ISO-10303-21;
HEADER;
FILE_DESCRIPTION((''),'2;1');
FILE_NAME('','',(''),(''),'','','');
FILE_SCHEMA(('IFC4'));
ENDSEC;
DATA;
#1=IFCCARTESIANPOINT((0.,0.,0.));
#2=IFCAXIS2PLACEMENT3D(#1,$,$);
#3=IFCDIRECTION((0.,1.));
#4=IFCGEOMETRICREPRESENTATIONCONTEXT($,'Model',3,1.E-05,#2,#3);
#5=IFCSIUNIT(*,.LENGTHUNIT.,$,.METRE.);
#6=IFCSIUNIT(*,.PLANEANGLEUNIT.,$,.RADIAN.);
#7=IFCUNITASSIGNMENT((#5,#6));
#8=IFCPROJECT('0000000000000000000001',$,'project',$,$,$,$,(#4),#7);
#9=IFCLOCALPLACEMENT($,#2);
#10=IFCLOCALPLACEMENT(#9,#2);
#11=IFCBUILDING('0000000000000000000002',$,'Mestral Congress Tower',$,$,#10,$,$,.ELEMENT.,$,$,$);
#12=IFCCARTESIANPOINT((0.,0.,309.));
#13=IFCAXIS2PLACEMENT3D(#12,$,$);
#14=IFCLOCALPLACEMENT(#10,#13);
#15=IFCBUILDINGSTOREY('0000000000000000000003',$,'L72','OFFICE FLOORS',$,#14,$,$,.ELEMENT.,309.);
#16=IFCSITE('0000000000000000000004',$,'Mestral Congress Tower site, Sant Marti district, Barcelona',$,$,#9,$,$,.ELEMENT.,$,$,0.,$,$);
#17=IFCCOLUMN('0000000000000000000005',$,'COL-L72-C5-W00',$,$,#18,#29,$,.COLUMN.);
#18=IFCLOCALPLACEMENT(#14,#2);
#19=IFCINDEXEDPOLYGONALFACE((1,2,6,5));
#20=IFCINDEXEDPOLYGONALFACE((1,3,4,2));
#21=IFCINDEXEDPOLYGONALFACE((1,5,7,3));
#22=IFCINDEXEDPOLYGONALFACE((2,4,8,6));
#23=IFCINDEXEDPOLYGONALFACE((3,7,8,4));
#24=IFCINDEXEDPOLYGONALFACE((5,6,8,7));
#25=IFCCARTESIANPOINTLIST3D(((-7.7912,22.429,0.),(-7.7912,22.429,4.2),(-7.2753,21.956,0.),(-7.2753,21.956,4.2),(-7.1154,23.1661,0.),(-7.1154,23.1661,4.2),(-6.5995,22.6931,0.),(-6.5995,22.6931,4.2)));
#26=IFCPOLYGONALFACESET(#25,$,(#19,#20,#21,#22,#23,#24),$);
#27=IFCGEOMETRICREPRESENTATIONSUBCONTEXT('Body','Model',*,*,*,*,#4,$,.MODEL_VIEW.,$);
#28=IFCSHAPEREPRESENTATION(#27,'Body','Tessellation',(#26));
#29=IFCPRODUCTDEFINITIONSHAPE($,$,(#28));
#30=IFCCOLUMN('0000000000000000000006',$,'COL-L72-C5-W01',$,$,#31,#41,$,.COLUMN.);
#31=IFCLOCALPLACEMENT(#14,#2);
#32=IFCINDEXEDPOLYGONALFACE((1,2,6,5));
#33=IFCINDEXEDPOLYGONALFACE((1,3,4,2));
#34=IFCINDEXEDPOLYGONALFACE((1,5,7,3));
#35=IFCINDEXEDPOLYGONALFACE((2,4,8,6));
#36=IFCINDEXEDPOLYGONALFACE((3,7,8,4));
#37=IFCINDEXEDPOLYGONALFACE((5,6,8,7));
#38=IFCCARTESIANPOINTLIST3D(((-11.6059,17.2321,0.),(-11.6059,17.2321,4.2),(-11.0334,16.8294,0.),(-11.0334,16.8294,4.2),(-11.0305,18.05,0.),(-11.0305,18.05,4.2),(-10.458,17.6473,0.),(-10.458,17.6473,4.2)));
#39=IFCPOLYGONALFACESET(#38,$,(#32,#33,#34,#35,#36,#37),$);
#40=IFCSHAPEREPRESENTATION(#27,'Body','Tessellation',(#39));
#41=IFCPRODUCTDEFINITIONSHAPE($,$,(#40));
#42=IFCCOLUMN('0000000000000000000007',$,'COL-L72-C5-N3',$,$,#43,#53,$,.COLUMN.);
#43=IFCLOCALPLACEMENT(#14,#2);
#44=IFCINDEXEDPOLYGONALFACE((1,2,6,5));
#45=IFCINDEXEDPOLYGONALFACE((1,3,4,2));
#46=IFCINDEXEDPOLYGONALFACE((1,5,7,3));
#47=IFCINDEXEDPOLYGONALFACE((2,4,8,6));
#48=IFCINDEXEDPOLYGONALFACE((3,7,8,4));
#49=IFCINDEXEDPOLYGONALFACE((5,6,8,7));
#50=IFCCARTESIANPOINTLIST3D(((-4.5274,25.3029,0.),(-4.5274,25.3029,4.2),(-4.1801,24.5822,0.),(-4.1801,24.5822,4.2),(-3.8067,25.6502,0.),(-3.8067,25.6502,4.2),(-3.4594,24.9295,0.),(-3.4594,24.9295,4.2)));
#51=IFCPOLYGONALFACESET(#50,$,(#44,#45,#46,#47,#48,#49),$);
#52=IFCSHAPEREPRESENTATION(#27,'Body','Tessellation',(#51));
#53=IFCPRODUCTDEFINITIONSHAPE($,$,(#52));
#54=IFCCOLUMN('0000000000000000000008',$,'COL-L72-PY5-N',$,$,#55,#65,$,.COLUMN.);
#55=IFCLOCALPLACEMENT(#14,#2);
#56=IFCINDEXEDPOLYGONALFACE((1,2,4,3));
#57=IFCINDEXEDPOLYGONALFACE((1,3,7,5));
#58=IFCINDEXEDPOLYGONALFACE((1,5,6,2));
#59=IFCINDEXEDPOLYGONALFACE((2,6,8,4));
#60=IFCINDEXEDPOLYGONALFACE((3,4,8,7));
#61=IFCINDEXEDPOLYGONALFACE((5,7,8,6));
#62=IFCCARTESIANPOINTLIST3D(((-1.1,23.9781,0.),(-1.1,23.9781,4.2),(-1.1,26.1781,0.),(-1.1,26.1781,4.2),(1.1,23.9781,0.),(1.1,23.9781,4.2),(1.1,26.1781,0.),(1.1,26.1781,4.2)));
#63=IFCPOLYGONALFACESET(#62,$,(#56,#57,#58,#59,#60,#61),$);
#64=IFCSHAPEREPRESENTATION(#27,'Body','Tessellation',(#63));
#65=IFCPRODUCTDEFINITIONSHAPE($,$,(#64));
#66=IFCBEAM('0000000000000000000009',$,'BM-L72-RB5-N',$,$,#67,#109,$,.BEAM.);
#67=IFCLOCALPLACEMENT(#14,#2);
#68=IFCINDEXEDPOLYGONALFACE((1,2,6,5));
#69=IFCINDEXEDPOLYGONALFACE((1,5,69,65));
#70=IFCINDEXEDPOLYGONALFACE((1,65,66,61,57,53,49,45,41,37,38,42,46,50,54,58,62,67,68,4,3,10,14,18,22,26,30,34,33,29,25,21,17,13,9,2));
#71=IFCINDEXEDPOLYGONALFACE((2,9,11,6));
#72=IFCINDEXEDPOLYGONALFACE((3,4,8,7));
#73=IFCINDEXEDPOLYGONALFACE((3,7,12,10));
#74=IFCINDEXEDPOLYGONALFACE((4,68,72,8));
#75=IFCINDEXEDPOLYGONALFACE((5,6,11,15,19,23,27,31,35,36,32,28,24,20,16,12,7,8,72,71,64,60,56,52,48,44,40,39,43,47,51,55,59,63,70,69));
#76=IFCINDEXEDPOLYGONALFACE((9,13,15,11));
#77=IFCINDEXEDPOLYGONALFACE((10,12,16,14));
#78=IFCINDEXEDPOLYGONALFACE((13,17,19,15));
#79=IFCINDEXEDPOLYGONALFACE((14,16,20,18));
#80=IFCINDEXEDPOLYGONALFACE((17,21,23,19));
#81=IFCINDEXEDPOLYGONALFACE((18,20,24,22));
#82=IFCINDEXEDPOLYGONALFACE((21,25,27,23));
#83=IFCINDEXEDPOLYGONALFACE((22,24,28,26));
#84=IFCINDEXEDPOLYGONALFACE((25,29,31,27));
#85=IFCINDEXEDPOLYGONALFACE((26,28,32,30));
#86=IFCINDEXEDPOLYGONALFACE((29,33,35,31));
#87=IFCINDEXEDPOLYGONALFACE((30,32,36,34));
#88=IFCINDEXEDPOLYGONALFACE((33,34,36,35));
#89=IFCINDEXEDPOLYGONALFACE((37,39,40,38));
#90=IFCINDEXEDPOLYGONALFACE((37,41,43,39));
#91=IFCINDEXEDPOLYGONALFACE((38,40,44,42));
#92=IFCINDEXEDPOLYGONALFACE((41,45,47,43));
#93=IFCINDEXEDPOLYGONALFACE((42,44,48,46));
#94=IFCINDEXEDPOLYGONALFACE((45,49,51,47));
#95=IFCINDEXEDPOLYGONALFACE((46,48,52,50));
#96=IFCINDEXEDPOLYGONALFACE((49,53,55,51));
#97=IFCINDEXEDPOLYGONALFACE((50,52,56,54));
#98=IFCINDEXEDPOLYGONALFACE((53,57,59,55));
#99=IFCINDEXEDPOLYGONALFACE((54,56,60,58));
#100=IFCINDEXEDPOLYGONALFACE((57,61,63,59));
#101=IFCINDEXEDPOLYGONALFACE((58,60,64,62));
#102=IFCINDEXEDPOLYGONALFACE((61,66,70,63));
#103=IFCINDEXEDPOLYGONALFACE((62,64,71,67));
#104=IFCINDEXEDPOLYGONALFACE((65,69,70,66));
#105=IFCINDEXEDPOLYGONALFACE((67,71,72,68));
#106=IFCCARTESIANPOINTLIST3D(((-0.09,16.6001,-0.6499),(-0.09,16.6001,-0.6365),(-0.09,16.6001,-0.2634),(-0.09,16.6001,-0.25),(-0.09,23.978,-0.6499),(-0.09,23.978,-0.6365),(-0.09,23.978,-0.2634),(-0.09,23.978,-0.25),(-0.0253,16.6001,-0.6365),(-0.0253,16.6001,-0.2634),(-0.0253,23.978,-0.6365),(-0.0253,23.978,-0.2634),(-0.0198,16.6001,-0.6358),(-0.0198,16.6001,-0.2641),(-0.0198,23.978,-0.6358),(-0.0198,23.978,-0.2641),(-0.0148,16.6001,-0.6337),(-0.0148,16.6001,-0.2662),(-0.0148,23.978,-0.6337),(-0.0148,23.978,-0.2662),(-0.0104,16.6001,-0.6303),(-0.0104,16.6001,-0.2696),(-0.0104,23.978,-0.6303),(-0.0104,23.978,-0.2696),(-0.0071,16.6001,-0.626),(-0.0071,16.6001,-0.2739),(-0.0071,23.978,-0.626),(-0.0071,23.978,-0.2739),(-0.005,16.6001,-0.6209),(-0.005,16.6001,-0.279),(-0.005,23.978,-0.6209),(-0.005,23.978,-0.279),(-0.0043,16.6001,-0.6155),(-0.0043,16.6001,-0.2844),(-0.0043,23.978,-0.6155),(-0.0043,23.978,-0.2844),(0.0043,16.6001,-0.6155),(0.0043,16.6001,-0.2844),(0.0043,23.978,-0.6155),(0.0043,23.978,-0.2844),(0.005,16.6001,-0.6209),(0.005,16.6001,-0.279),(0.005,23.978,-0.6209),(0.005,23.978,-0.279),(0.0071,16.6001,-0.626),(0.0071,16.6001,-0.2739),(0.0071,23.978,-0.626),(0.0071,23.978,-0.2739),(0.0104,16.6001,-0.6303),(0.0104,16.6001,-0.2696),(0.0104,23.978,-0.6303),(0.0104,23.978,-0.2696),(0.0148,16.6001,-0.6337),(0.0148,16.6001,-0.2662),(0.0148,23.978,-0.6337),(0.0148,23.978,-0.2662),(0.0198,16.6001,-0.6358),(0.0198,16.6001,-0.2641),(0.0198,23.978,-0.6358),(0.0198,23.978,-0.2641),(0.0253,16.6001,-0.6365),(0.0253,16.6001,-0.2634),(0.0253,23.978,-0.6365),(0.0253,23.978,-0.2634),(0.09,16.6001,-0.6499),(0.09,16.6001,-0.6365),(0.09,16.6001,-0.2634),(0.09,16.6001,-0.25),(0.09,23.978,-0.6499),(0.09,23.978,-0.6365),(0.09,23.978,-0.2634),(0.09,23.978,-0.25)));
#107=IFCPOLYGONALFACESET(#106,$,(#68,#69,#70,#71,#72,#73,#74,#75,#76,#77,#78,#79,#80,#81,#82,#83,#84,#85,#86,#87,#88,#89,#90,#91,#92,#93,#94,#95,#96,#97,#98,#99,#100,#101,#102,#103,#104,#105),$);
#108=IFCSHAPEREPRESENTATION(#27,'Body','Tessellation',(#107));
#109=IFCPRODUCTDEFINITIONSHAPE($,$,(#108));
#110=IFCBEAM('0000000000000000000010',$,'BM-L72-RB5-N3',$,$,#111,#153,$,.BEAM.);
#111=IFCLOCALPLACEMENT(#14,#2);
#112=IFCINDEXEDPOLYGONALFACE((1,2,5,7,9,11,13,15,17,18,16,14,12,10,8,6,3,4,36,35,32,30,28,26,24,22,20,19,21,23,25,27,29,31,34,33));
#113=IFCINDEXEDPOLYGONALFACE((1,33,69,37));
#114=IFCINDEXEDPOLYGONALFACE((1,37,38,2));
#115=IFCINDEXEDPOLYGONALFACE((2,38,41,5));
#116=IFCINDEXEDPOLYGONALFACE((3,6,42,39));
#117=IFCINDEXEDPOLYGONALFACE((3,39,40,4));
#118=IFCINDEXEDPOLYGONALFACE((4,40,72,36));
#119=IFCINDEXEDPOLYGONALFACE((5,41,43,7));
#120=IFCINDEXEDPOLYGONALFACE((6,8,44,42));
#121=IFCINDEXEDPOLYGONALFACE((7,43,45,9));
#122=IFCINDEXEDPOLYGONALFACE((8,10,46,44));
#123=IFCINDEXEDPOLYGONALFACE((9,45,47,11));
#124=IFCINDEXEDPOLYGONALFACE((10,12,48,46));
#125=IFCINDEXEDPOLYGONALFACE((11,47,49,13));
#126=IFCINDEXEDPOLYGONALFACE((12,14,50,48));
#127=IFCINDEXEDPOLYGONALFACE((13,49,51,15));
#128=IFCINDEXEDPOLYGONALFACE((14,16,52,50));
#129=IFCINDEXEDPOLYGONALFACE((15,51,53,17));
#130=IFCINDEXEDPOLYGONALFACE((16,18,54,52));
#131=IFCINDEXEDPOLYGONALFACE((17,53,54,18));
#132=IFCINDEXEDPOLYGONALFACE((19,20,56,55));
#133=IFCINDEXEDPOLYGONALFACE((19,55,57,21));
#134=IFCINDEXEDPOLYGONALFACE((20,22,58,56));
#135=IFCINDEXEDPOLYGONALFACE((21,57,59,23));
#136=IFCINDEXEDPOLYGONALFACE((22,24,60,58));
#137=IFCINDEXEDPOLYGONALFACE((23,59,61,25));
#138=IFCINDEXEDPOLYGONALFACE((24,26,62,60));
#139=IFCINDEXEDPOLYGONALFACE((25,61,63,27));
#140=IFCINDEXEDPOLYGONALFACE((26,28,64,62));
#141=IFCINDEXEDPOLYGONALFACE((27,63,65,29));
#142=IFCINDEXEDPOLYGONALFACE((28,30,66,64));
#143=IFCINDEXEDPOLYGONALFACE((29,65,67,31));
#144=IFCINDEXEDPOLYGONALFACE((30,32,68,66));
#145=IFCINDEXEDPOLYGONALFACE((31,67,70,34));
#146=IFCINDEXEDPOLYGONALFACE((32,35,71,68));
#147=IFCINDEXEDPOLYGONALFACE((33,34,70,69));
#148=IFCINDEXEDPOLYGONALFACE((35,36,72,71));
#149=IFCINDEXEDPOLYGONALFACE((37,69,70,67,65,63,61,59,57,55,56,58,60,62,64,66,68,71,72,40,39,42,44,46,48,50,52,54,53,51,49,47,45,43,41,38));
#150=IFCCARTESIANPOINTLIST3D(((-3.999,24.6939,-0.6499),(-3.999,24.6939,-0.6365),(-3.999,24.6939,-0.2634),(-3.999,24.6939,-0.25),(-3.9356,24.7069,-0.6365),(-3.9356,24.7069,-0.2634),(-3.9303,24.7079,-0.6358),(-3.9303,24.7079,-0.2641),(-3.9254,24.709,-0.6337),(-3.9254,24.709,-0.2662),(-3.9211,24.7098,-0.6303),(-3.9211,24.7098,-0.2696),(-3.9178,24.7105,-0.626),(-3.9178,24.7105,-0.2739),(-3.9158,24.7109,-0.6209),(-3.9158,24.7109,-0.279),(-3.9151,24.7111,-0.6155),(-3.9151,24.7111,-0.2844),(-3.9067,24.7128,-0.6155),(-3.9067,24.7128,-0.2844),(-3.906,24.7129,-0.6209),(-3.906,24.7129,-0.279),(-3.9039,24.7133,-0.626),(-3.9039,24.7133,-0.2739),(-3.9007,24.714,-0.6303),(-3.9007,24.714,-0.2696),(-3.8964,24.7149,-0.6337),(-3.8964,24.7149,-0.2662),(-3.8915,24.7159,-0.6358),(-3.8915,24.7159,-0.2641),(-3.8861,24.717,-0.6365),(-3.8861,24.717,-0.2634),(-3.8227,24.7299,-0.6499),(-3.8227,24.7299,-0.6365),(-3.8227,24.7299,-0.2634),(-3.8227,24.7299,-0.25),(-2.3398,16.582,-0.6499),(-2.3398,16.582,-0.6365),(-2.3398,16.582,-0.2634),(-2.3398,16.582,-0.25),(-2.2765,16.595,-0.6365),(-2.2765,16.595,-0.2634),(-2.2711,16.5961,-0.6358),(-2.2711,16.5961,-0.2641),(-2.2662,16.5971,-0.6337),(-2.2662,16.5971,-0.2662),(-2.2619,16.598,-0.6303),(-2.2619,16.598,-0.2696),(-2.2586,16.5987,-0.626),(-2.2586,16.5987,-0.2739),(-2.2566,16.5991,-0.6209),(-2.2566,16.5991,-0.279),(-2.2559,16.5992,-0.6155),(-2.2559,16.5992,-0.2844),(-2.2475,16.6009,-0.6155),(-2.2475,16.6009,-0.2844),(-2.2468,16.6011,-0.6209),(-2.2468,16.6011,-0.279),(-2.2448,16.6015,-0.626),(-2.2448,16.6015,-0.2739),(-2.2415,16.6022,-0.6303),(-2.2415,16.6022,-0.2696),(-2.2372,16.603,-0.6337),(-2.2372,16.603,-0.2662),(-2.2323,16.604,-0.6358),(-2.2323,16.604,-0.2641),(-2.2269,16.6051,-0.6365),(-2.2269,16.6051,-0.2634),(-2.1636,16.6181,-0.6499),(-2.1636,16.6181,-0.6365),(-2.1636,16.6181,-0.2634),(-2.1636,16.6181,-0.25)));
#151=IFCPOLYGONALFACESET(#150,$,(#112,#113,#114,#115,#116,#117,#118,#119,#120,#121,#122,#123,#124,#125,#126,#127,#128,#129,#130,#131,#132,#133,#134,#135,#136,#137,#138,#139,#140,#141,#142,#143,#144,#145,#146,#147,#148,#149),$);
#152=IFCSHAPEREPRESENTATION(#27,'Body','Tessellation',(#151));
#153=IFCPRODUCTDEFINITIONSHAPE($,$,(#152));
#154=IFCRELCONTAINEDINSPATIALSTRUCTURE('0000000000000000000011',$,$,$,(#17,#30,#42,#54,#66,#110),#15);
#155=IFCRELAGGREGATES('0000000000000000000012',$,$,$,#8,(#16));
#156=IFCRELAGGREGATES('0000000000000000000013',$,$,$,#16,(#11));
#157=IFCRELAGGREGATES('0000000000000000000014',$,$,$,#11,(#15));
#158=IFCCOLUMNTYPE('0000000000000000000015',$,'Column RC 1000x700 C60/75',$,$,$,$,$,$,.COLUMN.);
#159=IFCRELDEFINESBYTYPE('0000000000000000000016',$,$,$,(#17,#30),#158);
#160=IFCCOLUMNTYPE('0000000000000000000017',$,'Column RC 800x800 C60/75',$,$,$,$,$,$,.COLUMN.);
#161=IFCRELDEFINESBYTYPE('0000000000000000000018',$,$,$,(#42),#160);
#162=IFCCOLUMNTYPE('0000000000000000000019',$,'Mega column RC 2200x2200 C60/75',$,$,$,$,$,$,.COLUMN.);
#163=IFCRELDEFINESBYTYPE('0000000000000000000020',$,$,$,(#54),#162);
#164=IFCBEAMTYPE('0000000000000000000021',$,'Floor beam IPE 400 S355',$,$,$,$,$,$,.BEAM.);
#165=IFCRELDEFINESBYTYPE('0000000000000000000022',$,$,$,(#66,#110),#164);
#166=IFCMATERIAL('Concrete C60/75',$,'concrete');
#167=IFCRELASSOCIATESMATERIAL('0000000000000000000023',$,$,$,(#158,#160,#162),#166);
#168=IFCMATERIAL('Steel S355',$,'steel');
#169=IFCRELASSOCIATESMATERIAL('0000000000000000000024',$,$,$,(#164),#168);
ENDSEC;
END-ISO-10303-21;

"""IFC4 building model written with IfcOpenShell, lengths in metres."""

from ifc_helpers import new_model, si_unit, direction, frame, origin, origin_2d, place, context, subcontext, project, spatial, rectangle, i_section, extrude, material, material_profile, profile_set, type_object, element, save


model = new_model("IFC4")

# Units and contexts
model_context = context("Model", 3, precision=1e-05, world=origin(), true_north=direction((0.0, 1.0)))
body_context = subcontext(model_context, "Body", "Model", "MODEL_VIEW")
ifc_project = project(units=[si_unit("LENGTHUNIT", "METRE"), si_unit("PLANEANGLEUNIT", "RADIAN")], contexts=[model_context])

# Site, building, storey
site_placement = place(None, origin())
site = spatial("IfcSite", under=ifc_project, at=site_placement, Name="Mestral Congress Tower site, Sant Marti district, Barcelona", CompositionType="ELEMENT", RefElevation=0.0)
building_placement = place(site_placement, origin())
building = spatial("IfcBuilding", under=site, at=building_placement, Name="Mestral Congress Tower", CompositionType="ELEMENT")
storey_placement = place(building_placement, frame((0.0, 0.0, 309.0)))
storey = spatial("IfcBuildingStorey", under=building, at=storey_placement, Name="L72", Description="OFFICE FLOORS", CompositionType="ELEMENT", Elevation=309.0)

# Columns
ifc_material_1 = material(Name="Concrete C60/75", Category="concrete")
ifc_material_profile_1 = material_profile(ifc_material_1, rectangle(XDim=1.0, YDim=0.7, at=origin_2d()), Name="RC 1000x700")
ifc_profile_set_1 = profile_set([ifc_material_profile_1], Name="Concrete C60/75")
column_type_1 = type_object("IfcColumnType", Name="Column RC 1000x700 C60/75", PredefinedType="COLUMN", material=ifc_profile_set_1)
for number, where, z_axis, x_axis, name in (
    (1, (-7.1953, 22.561, 0.0), (0.0, 0.0, 1.0), (-0.675803, -0.737083, 0.0), "COL-L72-C5-W00"),
    (2, (-11.032, 17.4397, 0.0), (0.0, 0.0, 1.0), (-0.575402, -0.817871, 0.0), "COL-L72-C5-W01"),
):
    element("IfcColumn", number, at=place(storey_placement, frame(where, z_axis=z_axis, x_axis=x_axis)), inside=storey, type_object=column_type_1, Name=name, PredefinedType="COLUMN", context=body_context, shape_type="SweptSolid", body=[
        extrude(rectangle(XDim=1.0, YDim=0.7, at=origin_2d()), origin(), (0.0, 0.0, 1.0), 4.2),
    ])
ifc_material_profile_2 = material_profile(ifc_material_1, rectangle(XDim=0.8, YDim=0.8, at=origin_2d()), Name="RC 800x800")
ifc_profile_set_2 = profile_set([ifc_material_profile_2], Name="Concrete C60/75")
column_type_2 = type_object("IfcColumnType", Name="Column RC 800x800 C60/75", PredefinedType="COLUMN", material=ifc_profile_set_2)
column_1_placement = place(storey_placement, frame((-3.9934, 25.1162, 0.0), z_axis=(0.0, 0.0, 1.0), x_axis=(-0.900873, -0.434082, 0.0)))
element("IfcColumn", 3, at=column_1_placement, inside=storey, type_object=column_type_2, Name="COL-L72-C5-N3", PredefinedType="COLUMN", context=body_context, shape_type="SweptSolid", body=[
    extrude(rectangle(XDim=0.8, YDim=0.8, at=origin_2d()), origin(), (0.0, 0.0, 1.0), 4.2),
])
ifc_material_profile_3 = material_profile(ifc_material_1, rectangle(XDim=2.2, YDim=2.2, at=origin_2d()), Name="RC 2200x2200")
ifc_profile_set_3 = profile_set([ifc_material_profile_3], Name="Concrete C60/75")
column_type_3 = type_object("IfcColumnType", Name="Mega column RC 2200x2200 C60/75", PredefinedType="COLUMN", material=ifc_profile_set_3)
column_2_placement = place(storey_placement, frame((0.0, 25.0781, 0.0), z_axis=(0.0, 0.0, 1.0), x_axis=(0.0, 1.0, 0.0)))
element("IfcColumn", 4, at=column_2_placement, inside=storey, type_object=column_type_3, Name="COL-L72-PY5-N", PredefinedType="COLUMN", context=body_context, shape_type="SweptSolid", body=[
    extrude(rectangle(XDim=2.2, YDim=2.2, at=origin_2d()), origin(), (0.0, 0.0, 1.0), 4.2),
])

# Beams
ifc_material_2 = material(Name="Steel S355", Category="steel")
ifc_material_profile_4 = material_profile(ifc_material_2, i_section(OverallWidth=0.1799, OverallDepth=0.3999, WebThickness=0.0085, FlangeThickness=0.0134, FilletRadius=0.021, at=origin_2d()), Name="IPE 400")
ifc_profile_set_4 = profile_set([ifc_material_profile_4], Name="Steel S355")
beam_type_1 = type_object("IfcBeamType", Name="Floor beam IPE 400 S355", PredefinedType="BEAM", material=ifc_profile_set_4)
beam_1_placement = place(storey_placement, frame((0.0, 23.978, -0.45), z_axis=(0.0, -1.0, 0.0), x_axis=(1.0, 0.0, 0.0)))
element("IfcBeam", 5, at=beam_1_placement, inside=storey, type_object=beam_type_1, Name="BM-L72-RB5-N", PredefinedType="BEAM", context=body_context, shape_type="SweptSolid", body=[
    extrude(i_section(OverallWidth=0.1799, OverallDepth=0.3999, WebThickness=0.0085, FlangeThickness=0.0134, FilletRadius=0.021, at=origin_2d()), origin(), (0.0, 0.0, 1.0), 7.3779),
])
beam_2_placement = place(storey_placement, frame((-3.9109, 24.7119, -0.45), z_axis=(0.20039, -0.979716, 0.0), x_axis=(0.979716, 0.20039, 0.0)))
element("IfcBeam", 6, at=beam_2_placement, inside=storey, type_object=beam_type_1, Name="BM-L72-RB5-N3", PredefinedType="BEAM", context=body_context, shape_type="SweptSolid", body=[
    extrude(i_section(OverallWidth=0.1799, OverallDepth=0.3999, WebThickness=0.0085, FlangeThickness=0.0134, FilletRadius=0.021, at=origin_2d()), origin(), (0.0, 0.0, 1.0), 8.2798),
])

save(model, "model.ifc")
